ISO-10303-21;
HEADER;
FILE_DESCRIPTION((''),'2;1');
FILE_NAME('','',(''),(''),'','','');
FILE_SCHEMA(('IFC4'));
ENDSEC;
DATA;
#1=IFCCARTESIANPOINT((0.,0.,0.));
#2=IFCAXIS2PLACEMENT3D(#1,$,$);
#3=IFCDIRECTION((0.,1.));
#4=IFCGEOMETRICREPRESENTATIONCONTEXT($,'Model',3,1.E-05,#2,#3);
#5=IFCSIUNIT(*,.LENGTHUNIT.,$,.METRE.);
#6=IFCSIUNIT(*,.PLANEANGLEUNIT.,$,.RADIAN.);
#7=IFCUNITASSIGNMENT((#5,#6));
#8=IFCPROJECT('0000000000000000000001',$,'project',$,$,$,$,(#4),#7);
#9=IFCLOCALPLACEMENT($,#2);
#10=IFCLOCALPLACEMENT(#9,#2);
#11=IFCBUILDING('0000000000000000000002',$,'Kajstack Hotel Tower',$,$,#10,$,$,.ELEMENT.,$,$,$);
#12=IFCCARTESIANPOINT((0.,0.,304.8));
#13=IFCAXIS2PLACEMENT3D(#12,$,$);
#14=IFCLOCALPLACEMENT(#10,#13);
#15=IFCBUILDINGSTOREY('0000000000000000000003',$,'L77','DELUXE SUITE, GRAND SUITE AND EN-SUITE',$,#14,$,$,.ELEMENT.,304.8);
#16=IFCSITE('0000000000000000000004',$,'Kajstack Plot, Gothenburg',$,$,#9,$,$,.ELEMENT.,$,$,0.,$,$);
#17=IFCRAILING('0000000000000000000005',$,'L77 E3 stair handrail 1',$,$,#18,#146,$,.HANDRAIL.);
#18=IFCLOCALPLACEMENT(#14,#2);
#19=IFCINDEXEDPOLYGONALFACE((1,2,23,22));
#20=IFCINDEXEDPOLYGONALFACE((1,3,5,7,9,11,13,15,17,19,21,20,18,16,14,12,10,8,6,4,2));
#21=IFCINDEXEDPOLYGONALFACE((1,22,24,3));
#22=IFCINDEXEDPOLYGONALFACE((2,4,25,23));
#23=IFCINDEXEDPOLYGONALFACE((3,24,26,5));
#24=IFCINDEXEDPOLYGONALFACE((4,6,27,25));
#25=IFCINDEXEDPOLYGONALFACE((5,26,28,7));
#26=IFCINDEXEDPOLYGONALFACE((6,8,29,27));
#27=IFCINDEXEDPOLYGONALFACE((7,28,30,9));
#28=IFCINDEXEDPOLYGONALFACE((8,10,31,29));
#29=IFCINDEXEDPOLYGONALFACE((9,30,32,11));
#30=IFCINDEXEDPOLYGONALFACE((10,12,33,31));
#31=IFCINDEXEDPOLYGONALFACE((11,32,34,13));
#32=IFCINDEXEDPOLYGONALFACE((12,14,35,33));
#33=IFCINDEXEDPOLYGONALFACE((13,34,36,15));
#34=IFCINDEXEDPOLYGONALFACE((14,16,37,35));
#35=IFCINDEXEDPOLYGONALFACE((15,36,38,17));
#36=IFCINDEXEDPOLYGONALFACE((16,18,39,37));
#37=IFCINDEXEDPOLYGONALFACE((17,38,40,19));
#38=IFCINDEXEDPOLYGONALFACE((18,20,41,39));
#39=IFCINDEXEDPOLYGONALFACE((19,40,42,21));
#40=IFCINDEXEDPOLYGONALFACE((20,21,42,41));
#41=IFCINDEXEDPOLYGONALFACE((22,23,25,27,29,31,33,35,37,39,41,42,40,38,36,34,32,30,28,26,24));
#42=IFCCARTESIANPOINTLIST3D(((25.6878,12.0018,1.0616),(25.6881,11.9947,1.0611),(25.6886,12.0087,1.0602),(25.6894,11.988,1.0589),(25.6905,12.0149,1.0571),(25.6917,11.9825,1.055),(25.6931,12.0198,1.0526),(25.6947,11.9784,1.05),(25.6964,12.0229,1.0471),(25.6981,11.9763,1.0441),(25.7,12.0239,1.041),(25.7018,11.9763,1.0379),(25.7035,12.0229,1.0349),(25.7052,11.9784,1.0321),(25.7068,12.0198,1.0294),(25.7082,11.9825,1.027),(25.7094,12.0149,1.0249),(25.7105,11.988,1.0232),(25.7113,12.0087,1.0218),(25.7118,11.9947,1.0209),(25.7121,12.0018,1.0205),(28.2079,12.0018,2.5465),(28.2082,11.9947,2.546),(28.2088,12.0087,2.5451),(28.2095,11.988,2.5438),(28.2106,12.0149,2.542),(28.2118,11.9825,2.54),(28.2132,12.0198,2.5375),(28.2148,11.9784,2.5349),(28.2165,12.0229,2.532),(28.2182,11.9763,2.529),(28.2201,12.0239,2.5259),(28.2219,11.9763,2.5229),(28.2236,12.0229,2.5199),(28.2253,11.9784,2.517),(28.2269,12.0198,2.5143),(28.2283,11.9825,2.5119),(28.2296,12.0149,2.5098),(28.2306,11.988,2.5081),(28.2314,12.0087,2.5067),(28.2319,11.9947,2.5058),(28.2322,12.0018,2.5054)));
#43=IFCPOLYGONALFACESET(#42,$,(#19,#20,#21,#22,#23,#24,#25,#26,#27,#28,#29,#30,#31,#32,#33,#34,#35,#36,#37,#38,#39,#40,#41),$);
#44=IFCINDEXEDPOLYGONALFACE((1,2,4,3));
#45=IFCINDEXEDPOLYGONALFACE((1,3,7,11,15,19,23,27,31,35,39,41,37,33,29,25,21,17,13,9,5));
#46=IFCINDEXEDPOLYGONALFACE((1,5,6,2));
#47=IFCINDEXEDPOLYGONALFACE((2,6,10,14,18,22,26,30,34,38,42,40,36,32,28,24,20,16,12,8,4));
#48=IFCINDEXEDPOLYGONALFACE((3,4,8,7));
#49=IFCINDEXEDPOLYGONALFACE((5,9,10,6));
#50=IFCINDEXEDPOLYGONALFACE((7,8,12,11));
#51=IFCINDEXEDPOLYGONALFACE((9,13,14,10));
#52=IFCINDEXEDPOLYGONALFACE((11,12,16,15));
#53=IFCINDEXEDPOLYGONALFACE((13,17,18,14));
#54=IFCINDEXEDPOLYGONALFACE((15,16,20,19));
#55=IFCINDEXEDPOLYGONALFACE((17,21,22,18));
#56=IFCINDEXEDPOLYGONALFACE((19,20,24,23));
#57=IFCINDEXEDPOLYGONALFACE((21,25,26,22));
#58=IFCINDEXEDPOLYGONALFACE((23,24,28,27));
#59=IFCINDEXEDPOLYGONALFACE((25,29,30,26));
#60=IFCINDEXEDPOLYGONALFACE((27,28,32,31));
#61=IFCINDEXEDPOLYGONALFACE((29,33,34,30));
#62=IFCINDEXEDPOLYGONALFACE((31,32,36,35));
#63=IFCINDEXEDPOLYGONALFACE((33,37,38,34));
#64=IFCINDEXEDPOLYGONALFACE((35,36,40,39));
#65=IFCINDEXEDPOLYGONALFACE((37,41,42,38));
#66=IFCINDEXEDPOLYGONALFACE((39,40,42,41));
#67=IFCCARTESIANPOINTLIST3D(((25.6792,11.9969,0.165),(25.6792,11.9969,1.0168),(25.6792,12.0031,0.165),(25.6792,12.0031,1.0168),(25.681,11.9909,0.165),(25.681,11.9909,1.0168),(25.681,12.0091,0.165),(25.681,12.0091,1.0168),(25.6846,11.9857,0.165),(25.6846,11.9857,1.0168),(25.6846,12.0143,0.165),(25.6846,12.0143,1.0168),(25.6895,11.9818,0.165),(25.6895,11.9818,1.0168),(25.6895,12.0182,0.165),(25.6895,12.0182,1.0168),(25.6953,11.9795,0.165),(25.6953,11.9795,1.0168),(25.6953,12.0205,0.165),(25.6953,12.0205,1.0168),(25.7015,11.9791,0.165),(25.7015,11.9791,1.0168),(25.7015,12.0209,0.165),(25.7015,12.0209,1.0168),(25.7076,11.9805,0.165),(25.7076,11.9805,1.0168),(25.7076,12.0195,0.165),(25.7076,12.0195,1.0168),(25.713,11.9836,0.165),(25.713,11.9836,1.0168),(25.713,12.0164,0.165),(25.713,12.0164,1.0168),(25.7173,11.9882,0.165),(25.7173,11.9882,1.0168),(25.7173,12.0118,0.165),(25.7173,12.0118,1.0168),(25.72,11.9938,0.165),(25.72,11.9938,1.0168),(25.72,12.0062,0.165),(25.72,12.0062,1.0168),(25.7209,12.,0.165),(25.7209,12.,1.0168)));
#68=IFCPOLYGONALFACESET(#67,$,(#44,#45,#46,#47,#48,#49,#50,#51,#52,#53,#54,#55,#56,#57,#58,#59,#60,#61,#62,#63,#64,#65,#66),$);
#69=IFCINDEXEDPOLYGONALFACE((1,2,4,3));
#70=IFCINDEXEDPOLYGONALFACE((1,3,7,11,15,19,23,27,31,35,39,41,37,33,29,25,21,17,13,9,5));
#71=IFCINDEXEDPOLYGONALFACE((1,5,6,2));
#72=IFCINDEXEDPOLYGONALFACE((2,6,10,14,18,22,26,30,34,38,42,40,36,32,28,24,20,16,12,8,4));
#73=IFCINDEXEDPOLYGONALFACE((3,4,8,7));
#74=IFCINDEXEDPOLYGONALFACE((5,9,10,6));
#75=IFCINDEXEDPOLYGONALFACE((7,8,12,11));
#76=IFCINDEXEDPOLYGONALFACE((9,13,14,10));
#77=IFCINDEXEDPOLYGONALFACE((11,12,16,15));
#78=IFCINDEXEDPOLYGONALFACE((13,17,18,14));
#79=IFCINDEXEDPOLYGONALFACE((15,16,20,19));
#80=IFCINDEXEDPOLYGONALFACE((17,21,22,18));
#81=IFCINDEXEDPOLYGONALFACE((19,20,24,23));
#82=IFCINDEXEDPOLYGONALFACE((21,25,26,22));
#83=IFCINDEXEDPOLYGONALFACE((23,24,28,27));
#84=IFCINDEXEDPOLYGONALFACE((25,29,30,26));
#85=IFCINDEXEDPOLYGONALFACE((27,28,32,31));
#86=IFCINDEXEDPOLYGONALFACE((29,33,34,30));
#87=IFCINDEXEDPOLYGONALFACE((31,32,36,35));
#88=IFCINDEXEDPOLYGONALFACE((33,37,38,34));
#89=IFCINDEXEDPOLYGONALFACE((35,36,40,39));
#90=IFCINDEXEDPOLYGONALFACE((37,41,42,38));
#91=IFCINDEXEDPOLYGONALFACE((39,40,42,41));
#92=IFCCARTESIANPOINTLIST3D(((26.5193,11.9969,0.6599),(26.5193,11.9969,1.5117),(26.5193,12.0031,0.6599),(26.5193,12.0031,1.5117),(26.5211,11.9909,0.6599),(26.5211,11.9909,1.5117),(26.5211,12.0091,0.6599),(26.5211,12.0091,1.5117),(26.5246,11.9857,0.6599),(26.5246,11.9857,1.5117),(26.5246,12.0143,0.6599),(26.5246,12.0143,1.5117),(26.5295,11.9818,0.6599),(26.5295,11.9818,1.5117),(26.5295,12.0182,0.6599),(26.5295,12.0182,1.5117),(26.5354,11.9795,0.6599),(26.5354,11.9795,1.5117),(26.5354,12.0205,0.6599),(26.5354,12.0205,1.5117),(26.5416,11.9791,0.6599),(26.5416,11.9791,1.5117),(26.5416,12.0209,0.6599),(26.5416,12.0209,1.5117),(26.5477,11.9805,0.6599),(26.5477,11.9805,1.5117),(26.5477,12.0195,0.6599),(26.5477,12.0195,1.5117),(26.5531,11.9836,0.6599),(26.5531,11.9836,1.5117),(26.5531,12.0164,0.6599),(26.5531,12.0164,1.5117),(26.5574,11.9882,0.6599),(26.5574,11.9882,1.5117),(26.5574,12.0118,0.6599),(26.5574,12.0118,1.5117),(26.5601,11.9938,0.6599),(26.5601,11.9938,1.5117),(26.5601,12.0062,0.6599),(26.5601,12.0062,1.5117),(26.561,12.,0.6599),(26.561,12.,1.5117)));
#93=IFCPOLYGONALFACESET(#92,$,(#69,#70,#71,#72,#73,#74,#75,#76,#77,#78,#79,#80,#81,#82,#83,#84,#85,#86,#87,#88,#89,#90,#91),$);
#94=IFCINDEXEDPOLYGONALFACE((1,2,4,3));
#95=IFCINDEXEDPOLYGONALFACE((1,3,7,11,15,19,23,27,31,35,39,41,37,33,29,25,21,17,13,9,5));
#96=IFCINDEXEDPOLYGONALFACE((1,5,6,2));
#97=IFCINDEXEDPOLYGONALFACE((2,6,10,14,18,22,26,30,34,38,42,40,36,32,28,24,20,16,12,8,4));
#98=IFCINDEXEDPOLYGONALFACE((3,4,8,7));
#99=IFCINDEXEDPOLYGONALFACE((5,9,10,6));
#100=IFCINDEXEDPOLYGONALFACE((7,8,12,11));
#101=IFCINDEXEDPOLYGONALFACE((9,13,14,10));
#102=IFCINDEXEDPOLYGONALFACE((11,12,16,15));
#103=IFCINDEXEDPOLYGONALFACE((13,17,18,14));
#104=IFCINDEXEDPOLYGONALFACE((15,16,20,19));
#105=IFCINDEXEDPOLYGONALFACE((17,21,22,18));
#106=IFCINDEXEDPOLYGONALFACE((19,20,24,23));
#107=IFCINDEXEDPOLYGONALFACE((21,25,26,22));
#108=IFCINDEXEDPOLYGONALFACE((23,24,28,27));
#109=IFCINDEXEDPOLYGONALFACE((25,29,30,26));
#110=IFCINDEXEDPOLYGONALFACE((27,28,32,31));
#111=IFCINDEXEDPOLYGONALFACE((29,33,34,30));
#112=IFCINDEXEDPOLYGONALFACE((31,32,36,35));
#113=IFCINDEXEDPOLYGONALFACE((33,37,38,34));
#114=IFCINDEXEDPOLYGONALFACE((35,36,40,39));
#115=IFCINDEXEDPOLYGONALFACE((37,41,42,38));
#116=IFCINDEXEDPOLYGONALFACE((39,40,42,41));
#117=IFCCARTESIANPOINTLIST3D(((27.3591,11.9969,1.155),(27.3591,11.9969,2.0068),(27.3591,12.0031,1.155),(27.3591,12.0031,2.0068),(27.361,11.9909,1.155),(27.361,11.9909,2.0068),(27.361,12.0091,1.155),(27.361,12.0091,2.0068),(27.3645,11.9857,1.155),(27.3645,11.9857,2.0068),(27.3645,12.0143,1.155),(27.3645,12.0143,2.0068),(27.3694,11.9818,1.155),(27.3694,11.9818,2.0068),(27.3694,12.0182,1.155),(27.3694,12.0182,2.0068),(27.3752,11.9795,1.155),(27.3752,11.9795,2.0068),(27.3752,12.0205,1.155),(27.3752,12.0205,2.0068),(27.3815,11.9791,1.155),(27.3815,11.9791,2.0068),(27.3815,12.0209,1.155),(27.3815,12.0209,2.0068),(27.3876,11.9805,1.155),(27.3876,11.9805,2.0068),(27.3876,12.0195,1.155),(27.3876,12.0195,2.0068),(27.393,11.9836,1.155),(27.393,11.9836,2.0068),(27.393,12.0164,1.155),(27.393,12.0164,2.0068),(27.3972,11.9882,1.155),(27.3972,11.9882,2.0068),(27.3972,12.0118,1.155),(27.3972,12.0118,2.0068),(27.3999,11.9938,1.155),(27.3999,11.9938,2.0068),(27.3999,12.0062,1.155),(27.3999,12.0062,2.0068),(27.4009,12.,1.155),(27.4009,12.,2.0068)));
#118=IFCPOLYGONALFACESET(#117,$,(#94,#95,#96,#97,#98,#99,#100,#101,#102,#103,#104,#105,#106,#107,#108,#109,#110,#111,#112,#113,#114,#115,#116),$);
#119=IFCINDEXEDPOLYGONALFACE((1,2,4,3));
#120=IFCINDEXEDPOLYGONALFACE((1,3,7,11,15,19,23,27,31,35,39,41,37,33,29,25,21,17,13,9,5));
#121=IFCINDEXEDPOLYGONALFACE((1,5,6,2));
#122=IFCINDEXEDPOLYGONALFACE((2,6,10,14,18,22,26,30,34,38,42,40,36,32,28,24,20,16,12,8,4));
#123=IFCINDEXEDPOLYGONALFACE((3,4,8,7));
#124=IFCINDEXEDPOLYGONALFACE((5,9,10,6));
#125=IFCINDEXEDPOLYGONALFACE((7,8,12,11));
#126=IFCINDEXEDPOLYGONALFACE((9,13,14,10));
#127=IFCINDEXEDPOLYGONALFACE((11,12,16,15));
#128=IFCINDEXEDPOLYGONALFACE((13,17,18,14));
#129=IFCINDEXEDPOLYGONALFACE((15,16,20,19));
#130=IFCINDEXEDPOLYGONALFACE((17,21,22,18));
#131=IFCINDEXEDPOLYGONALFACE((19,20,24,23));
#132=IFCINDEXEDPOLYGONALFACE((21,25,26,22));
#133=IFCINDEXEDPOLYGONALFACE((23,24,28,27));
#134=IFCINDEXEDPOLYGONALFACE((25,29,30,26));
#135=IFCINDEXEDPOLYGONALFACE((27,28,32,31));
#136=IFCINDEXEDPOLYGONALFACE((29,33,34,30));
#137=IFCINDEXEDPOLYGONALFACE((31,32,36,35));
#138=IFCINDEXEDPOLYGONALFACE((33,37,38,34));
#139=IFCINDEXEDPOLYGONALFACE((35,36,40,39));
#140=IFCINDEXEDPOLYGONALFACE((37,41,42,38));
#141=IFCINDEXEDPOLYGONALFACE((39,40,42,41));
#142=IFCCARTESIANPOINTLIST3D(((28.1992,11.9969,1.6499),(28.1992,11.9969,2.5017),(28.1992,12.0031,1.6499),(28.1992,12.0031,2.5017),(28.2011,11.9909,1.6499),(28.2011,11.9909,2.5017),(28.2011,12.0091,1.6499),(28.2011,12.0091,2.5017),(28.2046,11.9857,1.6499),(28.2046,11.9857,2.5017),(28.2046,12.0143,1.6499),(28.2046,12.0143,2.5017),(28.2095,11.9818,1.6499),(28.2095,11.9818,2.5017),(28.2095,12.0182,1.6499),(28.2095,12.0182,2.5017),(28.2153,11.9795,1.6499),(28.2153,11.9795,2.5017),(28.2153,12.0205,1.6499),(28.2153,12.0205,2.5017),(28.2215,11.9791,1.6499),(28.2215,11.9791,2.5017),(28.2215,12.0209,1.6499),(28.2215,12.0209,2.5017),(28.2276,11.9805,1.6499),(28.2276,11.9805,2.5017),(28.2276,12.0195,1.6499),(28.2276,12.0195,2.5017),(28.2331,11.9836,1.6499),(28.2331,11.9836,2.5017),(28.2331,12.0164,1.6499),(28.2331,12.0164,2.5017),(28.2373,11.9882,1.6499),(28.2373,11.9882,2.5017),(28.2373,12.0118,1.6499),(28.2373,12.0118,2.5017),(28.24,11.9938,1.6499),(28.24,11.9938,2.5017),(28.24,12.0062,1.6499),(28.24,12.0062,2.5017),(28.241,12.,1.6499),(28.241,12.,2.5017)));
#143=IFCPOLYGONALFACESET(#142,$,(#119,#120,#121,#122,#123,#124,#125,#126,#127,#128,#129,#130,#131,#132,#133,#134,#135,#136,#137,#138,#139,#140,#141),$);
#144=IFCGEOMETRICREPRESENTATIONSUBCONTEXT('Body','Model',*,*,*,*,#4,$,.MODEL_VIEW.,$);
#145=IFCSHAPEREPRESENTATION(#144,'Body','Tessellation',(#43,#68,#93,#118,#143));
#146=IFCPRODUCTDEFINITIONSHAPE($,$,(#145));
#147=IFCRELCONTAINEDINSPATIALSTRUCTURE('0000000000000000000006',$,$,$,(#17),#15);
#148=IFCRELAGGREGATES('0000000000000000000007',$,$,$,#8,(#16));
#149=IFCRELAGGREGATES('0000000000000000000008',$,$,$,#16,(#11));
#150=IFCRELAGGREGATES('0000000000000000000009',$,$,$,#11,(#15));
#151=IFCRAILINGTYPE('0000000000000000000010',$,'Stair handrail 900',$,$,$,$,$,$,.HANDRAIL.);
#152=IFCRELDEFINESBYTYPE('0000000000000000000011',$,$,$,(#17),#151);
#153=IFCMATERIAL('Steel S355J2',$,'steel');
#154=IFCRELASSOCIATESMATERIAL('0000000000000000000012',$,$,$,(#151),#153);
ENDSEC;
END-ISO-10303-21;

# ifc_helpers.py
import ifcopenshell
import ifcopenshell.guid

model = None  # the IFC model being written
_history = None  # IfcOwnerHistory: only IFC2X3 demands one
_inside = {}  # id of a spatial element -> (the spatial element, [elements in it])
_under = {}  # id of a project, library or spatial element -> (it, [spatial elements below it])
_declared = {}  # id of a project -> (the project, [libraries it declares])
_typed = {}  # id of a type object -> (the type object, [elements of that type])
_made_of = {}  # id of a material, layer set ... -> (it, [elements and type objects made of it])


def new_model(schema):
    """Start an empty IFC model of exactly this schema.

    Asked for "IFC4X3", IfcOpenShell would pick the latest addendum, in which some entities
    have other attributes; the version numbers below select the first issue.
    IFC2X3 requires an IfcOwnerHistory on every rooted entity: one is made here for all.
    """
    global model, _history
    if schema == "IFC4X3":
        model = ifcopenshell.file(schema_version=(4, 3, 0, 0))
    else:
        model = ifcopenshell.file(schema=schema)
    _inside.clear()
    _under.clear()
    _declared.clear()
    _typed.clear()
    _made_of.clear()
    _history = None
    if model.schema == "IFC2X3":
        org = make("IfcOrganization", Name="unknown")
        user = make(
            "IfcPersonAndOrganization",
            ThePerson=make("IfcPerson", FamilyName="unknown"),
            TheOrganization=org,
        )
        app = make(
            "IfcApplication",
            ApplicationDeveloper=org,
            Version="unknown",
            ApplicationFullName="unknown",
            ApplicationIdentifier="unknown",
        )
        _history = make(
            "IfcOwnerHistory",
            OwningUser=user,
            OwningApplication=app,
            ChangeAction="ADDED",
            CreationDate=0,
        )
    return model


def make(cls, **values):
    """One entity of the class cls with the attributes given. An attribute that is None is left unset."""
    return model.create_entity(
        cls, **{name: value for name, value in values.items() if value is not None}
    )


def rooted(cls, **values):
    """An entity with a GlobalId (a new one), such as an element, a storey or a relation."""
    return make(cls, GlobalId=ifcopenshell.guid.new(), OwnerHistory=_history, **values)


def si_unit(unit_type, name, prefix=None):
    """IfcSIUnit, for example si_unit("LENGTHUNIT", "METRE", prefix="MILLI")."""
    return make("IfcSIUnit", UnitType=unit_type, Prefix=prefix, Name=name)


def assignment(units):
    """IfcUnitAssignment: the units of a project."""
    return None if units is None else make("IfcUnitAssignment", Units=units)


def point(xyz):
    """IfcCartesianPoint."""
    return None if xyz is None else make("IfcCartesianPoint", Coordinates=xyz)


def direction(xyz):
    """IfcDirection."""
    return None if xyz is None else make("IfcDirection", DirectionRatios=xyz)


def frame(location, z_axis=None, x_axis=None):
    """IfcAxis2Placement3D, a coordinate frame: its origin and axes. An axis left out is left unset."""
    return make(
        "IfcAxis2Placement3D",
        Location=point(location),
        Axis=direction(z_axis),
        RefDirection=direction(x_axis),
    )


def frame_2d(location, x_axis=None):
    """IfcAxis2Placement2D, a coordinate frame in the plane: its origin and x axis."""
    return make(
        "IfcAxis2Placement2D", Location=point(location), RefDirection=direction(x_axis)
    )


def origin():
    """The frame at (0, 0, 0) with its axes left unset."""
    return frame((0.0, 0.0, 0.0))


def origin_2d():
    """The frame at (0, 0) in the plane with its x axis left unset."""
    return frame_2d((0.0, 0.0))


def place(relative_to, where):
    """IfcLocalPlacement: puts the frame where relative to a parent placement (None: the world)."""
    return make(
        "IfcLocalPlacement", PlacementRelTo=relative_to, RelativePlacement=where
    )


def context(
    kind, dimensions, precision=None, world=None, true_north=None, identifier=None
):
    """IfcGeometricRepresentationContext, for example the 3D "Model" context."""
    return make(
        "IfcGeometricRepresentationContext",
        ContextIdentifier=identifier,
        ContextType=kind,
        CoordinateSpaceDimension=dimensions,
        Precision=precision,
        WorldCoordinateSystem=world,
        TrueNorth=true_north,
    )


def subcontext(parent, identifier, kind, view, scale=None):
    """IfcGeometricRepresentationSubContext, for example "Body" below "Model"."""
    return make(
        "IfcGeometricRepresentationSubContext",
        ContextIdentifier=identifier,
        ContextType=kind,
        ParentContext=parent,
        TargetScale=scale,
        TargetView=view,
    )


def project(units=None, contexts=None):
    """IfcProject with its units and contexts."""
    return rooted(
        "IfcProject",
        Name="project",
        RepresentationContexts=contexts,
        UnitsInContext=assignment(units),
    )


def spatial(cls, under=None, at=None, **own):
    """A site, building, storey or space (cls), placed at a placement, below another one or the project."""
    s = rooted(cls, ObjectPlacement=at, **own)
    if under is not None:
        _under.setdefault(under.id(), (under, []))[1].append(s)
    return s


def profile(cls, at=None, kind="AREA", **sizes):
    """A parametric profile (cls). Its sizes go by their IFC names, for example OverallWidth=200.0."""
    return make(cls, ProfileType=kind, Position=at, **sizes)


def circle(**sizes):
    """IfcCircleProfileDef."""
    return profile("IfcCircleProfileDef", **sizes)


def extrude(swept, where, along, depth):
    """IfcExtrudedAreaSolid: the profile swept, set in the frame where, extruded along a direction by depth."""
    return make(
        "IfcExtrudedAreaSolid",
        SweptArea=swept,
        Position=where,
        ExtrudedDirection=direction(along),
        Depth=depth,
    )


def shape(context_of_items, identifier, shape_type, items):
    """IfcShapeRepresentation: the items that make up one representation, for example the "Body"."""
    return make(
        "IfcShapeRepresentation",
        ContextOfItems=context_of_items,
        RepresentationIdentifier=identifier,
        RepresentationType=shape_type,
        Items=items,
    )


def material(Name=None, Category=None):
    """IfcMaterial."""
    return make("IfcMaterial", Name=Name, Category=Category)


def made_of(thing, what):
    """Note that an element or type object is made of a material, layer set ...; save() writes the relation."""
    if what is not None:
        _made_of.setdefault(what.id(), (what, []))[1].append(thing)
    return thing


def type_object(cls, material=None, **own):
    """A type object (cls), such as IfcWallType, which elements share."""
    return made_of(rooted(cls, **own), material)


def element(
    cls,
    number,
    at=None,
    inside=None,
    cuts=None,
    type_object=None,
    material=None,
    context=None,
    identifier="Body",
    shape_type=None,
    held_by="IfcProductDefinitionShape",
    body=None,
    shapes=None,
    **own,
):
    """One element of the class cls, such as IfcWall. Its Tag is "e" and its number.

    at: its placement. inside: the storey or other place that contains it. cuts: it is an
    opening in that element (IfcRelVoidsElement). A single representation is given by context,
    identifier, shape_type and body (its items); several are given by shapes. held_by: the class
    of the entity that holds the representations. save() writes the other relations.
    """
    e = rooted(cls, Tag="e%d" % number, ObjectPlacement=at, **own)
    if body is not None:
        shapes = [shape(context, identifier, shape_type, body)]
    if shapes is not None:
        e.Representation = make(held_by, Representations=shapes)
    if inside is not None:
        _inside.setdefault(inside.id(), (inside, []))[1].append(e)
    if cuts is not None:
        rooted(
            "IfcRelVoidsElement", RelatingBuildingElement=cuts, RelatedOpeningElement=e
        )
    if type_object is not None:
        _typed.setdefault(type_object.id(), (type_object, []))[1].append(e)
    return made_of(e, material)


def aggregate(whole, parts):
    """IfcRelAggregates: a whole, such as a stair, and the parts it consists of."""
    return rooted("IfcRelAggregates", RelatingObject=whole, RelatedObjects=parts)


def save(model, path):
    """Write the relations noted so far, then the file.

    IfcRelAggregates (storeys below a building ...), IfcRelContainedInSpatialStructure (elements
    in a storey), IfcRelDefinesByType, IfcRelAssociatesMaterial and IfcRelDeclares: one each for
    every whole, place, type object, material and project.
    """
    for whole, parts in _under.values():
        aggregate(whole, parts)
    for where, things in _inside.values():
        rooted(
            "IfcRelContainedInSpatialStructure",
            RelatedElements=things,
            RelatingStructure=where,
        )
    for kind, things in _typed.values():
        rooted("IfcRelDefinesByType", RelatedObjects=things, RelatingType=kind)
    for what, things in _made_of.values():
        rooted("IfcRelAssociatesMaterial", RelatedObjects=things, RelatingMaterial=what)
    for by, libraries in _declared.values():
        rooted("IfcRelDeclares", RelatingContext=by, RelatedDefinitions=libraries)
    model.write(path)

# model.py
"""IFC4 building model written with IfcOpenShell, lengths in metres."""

from ifc_helpers import new_model, si_unit, direction, frame, origin, origin_2d, place, context, subcontext, project, spatial, circle, extrude, material, type_object, element, save


model = new_model("IFC4")

# Units and contexts
model_context = context("Model", 3, precision=1e-05, world=origin(), true_north=direction((0.0, 1.0)))
body_context = subcontext(model_context, "Body", "Model", "MODEL_VIEW")
ifc_project = project(units=[si_unit("LENGTHUNIT", "METRE"), si_unit("PLANEANGLEUNIT", "RADIAN")], contexts=[model_context])

# Site, building, storey
site_placement = place(None, origin())
site = spatial("IfcSite", under=ifc_project, at=site_placement, Name="Kajstack Plot, Gothenburg", CompositionType="ELEMENT", RefElevation=0.0)
building_placement = place(site_placement, origin())
building = spatial("IfcBuilding", under=site, at=building_placement, Name="Kajstack Hotel Tower", CompositionType="ELEMENT")
storey_placement = place(building_placement, frame((0.0, 0.0, 304.8)))
storey = spatial("IfcBuildingStorey", under=building, at=storey_placement, Name="L77", Description="DELUXE SUITE, GRAND SUITE AND EN-SUITE", CompositionType="ELEMENT", Elevation=304.8)

# Railing
ifc_material_1 = material(Name="Steel S355J2", Category="steel")
railing_type_1 = type_object("IfcRailingType", Name="Stair handrail 900", PredefinedType="HANDRAIL", material=ifc_material_1)
railing_1_placement = place(storey_placement, frame((25.7, 12.0, 0.165)))
element("IfcRailing", 1, at=railing_1_placement, inside=storey, type_object=railing_type_1, Name="L77 E3 stair handrail 1", PredefinedType="HANDRAIL", context=body_context, shape_type="SweptSolid", body=[
    extrude(circle(Radius=0.0239, at=origin_2d()), frame((0.0, 0.0, 0.876), z_axis=(0.861561, 0.0, 0.507655), x_axis=(0.0, 1.0, 0.0)), (0.0, 0.0, 1.0), 2.925),
    extrude(circle(Radius=0.021, at=origin_2d()), origin(), (0.0, 0.0, 1.0), 0.8518),
    extrude(circle(Radius=0.021, at=origin_2d()), frame((0.8401, 0.0, 0.4949)), (0.0, 0.0, 1.0), 0.8518),
    extrude(circle(Radius=0.021, at=origin_2d()), frame((1.6799, 0.0, 0.99)), (0.0, 0.0, 1.0), 0.8518),
    extrude(circle(Radius=0.021, at=origin_2d()), frame((2.52, 0.0, 1.4849)), (0.0, 0.0, 1.0), 0.8518),
])

save(model, "model.ifc")
